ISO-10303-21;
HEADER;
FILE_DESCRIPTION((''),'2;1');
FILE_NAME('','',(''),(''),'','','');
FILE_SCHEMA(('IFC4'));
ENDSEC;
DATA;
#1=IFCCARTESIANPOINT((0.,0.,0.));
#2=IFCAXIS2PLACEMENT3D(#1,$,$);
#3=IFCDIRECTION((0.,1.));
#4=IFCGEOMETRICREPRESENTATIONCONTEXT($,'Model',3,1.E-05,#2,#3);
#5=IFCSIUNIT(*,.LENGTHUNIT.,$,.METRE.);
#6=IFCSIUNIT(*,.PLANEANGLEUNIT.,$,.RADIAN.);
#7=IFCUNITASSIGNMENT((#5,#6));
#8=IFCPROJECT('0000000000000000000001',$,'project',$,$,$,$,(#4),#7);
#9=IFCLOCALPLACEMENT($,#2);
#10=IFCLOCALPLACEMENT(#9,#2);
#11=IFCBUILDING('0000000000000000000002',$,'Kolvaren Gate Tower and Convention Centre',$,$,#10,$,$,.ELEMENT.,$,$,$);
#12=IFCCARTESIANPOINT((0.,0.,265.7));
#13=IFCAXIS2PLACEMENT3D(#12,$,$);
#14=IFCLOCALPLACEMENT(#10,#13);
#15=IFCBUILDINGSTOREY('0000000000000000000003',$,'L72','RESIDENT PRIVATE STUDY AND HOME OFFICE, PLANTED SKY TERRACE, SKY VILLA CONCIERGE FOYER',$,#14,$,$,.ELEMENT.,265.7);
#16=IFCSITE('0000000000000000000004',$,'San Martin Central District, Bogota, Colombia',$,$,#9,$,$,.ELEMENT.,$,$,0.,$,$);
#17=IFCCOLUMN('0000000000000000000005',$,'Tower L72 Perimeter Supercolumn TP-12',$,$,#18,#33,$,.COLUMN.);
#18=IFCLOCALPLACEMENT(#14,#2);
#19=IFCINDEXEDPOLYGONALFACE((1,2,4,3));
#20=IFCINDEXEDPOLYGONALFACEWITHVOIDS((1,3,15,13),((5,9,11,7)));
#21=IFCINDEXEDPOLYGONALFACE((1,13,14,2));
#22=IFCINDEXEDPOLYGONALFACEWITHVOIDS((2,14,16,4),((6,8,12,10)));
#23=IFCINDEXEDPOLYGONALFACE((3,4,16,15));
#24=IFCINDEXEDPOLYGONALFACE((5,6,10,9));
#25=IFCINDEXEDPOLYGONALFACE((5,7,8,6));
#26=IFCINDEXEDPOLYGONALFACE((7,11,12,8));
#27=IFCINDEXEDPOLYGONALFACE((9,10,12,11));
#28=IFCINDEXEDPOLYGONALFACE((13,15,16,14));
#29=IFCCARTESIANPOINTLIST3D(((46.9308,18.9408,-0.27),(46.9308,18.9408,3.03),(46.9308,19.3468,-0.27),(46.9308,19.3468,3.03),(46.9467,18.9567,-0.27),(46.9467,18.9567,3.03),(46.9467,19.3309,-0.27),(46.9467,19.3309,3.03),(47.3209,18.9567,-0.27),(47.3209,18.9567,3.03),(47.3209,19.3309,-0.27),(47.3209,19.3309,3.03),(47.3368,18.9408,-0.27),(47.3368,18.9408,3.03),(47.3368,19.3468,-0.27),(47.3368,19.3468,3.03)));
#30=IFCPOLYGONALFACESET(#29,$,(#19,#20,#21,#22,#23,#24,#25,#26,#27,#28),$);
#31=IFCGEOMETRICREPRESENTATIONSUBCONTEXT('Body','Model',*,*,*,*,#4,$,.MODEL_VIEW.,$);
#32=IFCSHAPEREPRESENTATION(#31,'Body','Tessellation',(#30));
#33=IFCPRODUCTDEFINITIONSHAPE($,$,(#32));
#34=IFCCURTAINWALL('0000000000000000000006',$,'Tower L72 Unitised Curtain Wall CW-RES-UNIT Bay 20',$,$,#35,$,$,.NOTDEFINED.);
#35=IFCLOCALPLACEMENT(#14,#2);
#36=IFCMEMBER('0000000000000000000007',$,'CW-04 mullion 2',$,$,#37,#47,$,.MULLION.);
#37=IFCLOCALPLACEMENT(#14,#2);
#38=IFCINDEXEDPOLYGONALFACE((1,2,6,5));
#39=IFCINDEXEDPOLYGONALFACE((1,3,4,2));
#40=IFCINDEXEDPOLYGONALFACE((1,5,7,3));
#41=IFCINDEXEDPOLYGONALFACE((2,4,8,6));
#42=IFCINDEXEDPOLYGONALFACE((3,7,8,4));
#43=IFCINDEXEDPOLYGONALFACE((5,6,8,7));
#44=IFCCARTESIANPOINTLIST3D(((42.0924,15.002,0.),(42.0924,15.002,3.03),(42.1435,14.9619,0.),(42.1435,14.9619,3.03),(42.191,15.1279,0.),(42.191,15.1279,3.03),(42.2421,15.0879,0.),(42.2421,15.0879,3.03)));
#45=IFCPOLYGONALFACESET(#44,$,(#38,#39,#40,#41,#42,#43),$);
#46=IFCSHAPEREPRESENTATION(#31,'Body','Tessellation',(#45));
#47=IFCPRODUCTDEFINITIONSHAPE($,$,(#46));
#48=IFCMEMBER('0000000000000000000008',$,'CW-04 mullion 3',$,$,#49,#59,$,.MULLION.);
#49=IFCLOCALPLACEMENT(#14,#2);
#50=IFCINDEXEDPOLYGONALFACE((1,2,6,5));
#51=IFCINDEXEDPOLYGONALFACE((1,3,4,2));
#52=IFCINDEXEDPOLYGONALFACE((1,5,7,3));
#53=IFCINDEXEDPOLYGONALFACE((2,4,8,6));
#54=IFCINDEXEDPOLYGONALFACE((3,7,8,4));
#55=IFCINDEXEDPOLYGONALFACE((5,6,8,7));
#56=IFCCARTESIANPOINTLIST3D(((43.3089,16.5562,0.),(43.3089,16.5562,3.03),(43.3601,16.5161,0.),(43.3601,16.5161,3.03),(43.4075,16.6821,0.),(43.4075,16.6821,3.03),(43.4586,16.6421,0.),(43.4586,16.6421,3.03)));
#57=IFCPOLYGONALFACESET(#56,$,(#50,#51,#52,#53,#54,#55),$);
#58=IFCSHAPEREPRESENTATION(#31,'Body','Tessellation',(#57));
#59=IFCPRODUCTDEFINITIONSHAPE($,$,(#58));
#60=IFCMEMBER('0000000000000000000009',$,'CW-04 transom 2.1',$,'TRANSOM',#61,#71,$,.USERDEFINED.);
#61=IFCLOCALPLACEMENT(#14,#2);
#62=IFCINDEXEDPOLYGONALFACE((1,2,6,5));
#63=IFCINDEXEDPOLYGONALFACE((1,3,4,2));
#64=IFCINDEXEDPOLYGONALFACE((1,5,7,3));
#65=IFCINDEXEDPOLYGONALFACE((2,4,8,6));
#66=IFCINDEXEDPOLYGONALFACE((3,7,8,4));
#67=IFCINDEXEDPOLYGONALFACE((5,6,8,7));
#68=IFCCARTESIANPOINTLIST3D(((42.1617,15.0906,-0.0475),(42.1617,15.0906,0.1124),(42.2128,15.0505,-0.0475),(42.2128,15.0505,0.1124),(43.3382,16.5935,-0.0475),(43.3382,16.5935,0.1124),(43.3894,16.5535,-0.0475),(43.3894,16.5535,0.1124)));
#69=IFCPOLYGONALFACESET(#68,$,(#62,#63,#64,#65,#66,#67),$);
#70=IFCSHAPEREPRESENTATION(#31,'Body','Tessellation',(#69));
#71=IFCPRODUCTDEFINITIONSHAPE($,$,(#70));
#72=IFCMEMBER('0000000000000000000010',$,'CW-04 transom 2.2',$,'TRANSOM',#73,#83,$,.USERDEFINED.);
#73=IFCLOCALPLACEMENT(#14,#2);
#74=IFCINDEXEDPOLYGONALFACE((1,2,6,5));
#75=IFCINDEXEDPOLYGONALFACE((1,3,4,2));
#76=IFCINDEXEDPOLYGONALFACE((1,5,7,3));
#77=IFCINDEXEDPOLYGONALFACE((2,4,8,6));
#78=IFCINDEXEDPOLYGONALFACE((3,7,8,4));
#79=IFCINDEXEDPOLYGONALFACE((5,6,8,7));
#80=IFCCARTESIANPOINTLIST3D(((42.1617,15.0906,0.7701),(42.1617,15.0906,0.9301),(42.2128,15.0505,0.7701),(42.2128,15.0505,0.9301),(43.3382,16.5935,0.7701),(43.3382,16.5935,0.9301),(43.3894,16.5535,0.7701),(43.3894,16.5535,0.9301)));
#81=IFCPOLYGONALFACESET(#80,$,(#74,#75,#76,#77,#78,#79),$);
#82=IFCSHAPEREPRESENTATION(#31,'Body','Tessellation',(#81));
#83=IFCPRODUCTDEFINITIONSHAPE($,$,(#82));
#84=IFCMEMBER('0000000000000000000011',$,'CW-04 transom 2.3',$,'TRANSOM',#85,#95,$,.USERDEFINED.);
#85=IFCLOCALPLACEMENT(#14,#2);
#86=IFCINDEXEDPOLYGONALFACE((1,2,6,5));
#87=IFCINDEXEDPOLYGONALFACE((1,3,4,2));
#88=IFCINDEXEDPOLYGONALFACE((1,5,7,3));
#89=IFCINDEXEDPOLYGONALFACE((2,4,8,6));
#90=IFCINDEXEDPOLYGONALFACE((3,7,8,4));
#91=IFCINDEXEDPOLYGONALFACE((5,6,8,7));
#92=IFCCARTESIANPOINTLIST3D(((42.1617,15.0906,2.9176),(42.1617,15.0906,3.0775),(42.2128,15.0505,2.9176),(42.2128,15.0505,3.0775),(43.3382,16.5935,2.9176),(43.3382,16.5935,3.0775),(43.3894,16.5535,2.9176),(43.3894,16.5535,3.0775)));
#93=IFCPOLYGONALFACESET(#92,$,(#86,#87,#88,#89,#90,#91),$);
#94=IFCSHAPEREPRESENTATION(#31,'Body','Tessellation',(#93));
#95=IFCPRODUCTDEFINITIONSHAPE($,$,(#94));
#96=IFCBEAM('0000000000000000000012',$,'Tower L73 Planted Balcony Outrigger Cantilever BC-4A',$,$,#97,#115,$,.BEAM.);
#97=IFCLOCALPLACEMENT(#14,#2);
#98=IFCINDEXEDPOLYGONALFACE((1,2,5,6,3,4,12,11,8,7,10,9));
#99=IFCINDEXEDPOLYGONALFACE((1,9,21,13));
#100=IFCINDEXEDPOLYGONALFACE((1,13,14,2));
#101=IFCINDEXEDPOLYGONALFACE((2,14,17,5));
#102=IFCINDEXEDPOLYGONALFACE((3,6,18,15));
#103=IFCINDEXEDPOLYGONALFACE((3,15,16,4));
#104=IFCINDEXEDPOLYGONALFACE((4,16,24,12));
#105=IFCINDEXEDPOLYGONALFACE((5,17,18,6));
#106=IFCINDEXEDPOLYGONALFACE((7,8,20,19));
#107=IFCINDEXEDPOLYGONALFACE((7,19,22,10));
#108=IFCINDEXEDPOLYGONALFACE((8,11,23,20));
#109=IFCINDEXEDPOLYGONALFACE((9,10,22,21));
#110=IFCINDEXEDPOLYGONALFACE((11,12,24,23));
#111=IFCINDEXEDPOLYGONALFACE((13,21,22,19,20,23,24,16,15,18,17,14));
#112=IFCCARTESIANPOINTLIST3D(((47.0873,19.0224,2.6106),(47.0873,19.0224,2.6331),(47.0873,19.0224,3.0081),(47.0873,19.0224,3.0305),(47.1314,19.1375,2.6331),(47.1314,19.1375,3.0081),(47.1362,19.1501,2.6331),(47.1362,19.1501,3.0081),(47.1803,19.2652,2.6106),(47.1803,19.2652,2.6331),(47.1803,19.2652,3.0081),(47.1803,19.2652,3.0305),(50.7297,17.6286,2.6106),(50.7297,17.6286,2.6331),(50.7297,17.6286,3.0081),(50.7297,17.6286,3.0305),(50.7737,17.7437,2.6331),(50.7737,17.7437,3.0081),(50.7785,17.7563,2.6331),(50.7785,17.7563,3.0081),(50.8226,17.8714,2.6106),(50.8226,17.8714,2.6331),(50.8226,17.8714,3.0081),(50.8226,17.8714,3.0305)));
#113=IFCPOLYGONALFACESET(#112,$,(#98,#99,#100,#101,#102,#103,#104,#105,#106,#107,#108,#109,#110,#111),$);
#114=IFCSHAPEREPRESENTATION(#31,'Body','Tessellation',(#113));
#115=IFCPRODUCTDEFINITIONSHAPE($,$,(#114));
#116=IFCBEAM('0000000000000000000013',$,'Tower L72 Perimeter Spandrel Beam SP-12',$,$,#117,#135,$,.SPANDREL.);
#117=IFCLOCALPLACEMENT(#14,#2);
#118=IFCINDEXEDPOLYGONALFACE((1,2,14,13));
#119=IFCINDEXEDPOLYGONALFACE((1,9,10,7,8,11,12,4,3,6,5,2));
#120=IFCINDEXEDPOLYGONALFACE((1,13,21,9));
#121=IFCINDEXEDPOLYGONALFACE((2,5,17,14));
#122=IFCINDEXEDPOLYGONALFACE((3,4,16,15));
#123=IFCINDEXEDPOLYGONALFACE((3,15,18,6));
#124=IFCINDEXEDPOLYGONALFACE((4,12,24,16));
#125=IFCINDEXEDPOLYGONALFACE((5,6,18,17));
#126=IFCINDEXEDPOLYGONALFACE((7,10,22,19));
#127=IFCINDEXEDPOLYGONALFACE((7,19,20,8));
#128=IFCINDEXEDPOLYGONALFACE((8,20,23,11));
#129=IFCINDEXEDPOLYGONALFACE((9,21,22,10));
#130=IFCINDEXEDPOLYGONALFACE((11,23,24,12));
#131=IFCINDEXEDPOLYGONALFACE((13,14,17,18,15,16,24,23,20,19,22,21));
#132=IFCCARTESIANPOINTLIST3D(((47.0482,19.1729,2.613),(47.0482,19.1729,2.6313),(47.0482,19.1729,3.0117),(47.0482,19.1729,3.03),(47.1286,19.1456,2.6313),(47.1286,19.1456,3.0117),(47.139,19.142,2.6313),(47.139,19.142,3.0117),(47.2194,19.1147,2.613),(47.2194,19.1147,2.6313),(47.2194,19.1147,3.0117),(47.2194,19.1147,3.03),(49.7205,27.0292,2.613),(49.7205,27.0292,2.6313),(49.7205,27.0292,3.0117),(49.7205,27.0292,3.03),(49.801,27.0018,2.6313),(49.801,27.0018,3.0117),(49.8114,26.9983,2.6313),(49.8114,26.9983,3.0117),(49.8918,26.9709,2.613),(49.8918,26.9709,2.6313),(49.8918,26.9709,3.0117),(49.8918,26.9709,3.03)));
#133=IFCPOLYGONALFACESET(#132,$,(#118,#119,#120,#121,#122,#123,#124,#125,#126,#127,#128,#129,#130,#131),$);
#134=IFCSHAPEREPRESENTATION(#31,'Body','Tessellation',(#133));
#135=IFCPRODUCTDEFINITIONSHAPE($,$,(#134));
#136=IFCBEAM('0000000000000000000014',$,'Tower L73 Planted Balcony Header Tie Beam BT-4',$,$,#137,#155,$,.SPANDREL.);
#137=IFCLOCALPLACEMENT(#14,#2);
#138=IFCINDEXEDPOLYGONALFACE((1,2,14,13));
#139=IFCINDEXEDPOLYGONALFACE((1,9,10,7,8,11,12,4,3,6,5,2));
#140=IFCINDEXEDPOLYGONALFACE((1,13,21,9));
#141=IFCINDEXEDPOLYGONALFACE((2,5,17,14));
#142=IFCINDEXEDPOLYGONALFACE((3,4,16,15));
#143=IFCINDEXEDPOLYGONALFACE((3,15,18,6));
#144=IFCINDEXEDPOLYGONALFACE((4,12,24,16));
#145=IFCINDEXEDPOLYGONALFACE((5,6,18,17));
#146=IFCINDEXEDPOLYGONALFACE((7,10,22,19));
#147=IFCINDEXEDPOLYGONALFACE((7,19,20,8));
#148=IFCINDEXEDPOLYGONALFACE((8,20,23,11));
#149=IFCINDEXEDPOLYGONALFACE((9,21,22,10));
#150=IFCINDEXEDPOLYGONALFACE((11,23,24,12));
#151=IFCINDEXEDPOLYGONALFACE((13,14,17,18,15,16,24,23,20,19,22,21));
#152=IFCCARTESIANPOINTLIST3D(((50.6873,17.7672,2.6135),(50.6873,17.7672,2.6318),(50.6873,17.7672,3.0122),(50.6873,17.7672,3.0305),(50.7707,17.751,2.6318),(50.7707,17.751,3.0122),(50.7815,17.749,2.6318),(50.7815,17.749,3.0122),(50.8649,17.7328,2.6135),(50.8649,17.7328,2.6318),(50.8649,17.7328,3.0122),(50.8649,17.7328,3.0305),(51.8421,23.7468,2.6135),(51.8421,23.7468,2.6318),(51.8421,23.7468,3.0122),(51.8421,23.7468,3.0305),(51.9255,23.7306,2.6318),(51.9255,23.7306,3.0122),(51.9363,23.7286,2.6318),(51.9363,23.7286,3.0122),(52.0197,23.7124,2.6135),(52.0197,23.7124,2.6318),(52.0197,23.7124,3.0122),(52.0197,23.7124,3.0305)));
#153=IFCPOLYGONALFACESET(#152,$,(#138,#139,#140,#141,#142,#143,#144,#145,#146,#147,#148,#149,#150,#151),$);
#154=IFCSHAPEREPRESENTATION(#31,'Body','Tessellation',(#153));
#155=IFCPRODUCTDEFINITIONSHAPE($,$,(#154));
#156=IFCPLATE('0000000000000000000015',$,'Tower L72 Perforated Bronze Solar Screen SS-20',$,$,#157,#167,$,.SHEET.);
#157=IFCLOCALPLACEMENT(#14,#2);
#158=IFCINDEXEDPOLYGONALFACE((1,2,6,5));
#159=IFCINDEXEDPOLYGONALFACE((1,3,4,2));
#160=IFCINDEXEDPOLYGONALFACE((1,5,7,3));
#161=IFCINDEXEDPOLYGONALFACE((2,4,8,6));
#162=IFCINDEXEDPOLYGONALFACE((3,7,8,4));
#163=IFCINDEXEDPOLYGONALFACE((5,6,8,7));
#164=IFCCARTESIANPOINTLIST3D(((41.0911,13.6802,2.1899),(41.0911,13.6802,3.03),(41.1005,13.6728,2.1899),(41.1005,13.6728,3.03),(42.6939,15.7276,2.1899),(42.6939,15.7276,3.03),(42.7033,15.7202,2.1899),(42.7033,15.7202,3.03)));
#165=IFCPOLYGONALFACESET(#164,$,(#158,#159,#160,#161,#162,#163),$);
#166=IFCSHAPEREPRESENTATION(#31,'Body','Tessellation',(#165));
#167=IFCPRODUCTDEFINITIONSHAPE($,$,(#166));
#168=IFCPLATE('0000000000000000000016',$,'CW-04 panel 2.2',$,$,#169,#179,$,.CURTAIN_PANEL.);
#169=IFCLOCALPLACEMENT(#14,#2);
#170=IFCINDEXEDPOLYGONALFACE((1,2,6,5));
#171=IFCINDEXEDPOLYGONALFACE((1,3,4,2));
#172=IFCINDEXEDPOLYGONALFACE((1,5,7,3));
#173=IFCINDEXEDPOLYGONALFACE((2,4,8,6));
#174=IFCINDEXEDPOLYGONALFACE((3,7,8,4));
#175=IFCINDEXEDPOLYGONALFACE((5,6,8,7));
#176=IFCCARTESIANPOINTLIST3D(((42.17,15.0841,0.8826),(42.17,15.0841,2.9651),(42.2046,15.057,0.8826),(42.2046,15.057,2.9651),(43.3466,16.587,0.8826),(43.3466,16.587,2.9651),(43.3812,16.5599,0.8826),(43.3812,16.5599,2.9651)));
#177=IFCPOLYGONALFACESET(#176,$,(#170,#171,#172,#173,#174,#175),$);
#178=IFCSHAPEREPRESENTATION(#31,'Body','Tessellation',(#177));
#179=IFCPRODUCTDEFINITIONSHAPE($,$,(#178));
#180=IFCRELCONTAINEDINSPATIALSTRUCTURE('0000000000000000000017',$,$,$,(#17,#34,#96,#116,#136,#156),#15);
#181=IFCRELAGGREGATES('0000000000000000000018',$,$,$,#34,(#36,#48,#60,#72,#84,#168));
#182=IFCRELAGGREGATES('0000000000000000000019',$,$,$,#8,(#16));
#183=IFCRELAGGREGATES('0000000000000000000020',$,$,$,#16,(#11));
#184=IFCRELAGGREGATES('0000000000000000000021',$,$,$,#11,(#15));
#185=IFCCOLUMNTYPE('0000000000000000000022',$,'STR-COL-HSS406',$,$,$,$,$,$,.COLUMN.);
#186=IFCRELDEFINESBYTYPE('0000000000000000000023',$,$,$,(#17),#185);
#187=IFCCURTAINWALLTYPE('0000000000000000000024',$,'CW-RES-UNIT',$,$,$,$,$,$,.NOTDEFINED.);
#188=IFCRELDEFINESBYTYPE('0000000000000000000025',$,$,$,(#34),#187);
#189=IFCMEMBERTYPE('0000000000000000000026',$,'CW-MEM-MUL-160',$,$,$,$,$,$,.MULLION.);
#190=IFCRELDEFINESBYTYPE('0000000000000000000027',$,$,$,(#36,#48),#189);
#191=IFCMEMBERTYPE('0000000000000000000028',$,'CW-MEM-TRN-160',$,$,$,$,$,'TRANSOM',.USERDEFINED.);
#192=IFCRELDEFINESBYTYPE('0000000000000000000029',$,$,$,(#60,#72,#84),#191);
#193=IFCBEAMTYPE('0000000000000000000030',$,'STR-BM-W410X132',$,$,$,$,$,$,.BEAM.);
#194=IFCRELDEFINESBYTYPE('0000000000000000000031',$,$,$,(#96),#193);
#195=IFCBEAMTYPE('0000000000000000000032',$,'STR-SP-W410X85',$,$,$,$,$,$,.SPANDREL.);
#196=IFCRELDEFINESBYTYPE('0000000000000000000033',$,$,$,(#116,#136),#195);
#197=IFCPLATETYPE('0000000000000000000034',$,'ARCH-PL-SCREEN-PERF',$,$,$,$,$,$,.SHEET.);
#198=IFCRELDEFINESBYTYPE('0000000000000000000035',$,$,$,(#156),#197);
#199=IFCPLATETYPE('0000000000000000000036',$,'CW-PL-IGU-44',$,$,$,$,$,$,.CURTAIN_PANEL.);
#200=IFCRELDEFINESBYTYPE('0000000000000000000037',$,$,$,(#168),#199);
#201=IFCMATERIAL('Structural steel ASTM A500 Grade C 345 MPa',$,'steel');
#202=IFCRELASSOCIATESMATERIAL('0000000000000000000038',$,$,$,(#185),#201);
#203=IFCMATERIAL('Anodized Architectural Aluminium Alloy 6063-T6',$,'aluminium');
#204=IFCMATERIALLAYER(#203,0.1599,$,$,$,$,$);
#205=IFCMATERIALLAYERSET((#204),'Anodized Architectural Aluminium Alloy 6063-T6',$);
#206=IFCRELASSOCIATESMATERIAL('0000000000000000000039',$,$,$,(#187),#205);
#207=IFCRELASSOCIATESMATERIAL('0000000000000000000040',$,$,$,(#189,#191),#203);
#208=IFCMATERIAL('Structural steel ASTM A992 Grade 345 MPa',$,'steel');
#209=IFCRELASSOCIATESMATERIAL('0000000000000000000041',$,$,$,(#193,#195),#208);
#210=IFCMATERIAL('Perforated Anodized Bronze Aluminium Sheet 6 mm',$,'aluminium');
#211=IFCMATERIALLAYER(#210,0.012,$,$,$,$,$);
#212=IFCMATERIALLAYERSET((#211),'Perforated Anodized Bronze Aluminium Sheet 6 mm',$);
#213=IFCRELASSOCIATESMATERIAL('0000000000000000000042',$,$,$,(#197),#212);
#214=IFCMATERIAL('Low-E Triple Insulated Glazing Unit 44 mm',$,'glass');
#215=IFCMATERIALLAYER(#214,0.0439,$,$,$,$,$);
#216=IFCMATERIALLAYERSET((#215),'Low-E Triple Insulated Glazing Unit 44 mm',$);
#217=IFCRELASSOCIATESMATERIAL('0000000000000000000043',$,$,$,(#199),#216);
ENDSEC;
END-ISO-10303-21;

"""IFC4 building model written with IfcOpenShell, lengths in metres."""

from ifc_helpers import new_model, si_unit, direction, frame, origin, origin_2d, place, context, subcontext, project, spatial, rectangle, hollow_rectangle, i_section, extrude, material, layer, layer_set, material_profile, profile_set, type_object, element, aggregate, save


model = new_model("IFC4")

# Units and contexts
model_context = context("Model", 3, precision=1e-05, world=origin(), true_north=direction((0.0, 1.0)))
body_context = subcontext(model_context, "Body", "Model", "MODEL_VIEW")
ifc_project = project(units=[si_unit("LENGTHUNIT", "METRE"), si_unit("PLANEANGLEUNIT", "RADIAN")], contexts=[model_context])

# Site, building, storey
site_placement = place(None, origin())
site = spatial("IfcSite", under=ifc_project, at=site_placement, Name="San Martin Central District, Bogota, Colombia", CompositionType="ELEMENT", RefElevation=0.0)
building_placement = place(site_placement, origin())
building = spatial("IfcBuilding", under=site, at=building_placement, Name="Kolvaren Gate Tower and Convention Centre", CompositionType="ELEMENT")
storey_placement = place(building_placement, frame((0.0, 0.0, 265.7)))
storey = spatial("IfcBuildingStorey", under=building, at=storey_placement, Name="L72", Description="RESIDENT PRIVATE STUDY AND HOME OFFICE, PLANTED SKY TERRACE, SKY VILLA CONCIERGE FOYER", CompositionType="ELEMENT", Elevation=265.7)

# Column
ifc_material_1 = material(Name="Structural steel ASTM A500 Grade C 345 MPa", Category="steel")
ifc_material_profile_1 = material_profile(ifc_material_1, hollow_rectangle(XDim=0.406, YDim=0.406, WallThickness=0.0159, at=origin_2d()), Name="HSS406X406X15.9")
ifc_profile_set_1 = profile_set([ifc_material_profile_1], Name="Structural steel ASTM A500 Grade C 345 MPa")
column_type = type_object("IfcColumnType", Name="STR-COL-HSS406", PredefinedType="COLUMN", material=ifc_profile_set_1)
column_placement = place(storey_placement, frame((47.1338, 19.1438, -0.27), z_axis=(0.0, 0.0, 1.0), x_axis=(1.0, 0.0, 0.0)))
element("IfcColumn", 1, at=column_placement, inside=storey, type_object=column_type, Name="Tower L72 Perimeter Supercolumn TP-12", PredefinedType="COLUMN", context=body_context, shape_type="SweptSolid", body=[
    extrude(hollow_rectangle(XDim=0.406, YDim=0.406, WallThickness=0.0159, at=origin_2d()), origin(), (0.0, 0.0, 1.0), 3.3),
])

# Curtain wall, members
ifc_material_2 = material(Name="Anodized Architectural Aluminium Alloy 6063-T6", Category="aluminium")
ifc_layer_1 = layer(ifc_material_2, 0.1599)
ifc_layer_set_1 = layer_set([ifc_layer_1], Name="Anodized Architectural Aluminium Alloy 6063-T6")
curtain_wall_type = type_object("IfcCurtainWallType", Name="CW-RES-UNIT", PredefinedType="NOTDEFINED", material=ifc_layer_set_1)
curtain_wall_placement = place(storey_placement, origin())
curtain_wall = element("IfcCurtainWall", 2, at=curtain_wall_placement, inside=storey, type_object=curtain_wall_type, Name="Tower L72 Unitised Curtain Wall CW-RES-UNIT Bay 20", PredefinedType="NOTDEFINED")
ifc_material_profile_2 = material_profile(ifc_material_2, rectangle(XDim=0.0649, YDim=0.1599, at=origin_2d()), Name="CW-MEM-MUL-160")
ifc_profile_set_2 = profile_set([ifc_material_profile_2], Name="Anodized Architectural Aluminium Alloy 6063-T6")
member_type_1 = type_object("IfcMemberType", Name="CW-MEM-MUL-160", PredefinedType="MULLION", material=ifc_profile_set_2)
member_1_placement = place(storey_placement, frame((42.1672, 15.0449, 0.0), z_axis=(0.0, 0.0, 1.0), x_axis=(-0.787408, 0.616433, 0.0)))
member_1 = element("IfcMember", 3, at=member_1_placement, type_object=member_type_1, Name="CW-04 mullion 2", PredefinedType="MULLION", context=body_context, shape_type="SweptSolid", body=[
    extrude(rectangle(XDim=0.0649, YDim=0.1599, at=origin_2d()), origin(), (0.0, 0.0, 1.0), 3.03),
])
member_2_placement = place(storey_placement, frame((43.3838, 16.5991, 0.0), z_axis=(0.0, 0.0, 1.0), x_axis=(-0.787408, 0.616433, 0.0)))
member_2 = element("IfcMember", 4, at=member_2_placement, type_object=member_type_1, Name="CW-04 mullion 3", PredefinedType="MULLION", context=body_context, shape_type="SweptSolid", body=[
    extrude(rectangle(XDim=0.0649, YDim=0.1599, at=origin_2d()), origin(), (0.0, 0.0, 1.0), 3.03),
])
ifc_material_profile_3 = material_profile(ifc_material_2, rectangle(XDim=0.0649, YDim=0.1599, at=origin_2d()), Name="CW-MEM-TRN-160")
ifc_profile_set_3 = profile_set([ifc_material_profile_3], Name="Anodized Architectural Aluminium Alloy 6063-T6")
member_type_2 = type_object("IfcMemberType", Name="CW-MEM-TRN-160", ElementType="TRANSOM", PredefinedType="USERDEFINED", material=ifc_profile_set_3)
member_3_placement = place(storey_placement, frame((42.1873, 15.0706, 0.0325), z_axis=(0.616408, 0.787427, 0.0), x_axis=(-0.787427, 0.616408, 0.0)))
member_3 = element("IfcMember", 5, at=member_3_placement, type_object=member_type_2, Name="CW-04 transom 2.1", ObjectType="TRANSOM", PredefinedType="USERDEFINED", context=body_context, shape_type="SweptSolid", body=[
    extrude(rectangle(XDim=0.0649, YDim=0.1599, at=origin_2d()), origin(), (0.0, 0.0, 1.0), 1.9087),
])
member_4_placement = place(storey_placement, frame((42.1873, 15.0706, 0.8501), z_axis=(0.616408, 0.787427, 0.0), x_axis=(-0.787427, 0.616408, 0.0)))
member_4 = element("IfcMember", 6, at=member_4_placement, type_object=member_type_2, Name="CW-04 transom 2.2", ObjectType="TRANSOM", PredefinedType="USERDEFINED", context=body_context, shape_type="SweptSolid", body=[
    extrude(rectangle(XDim=0.0649, YDim=0.1599, at=origin_2d()), origin(), (0.0, 0.0, 1.0), 1.9087),
])
member_5_placement = place(storey_placement, frame((42.1873, 15.0706, 2.9976), z_axis=(0.616408, 0.787427, 0.0), x_axis=(-0.787427, 0.616408, 0.0)))
member_5 = element("IfcMember", 7, at=member_5_placement, type_object=member_type_2, Name="CW-04 transom 2.3", ObjectType="TRANSOM", PredefinedType="USERDEFINED", context=body_context, shape_type="SweptSolid", body=[
    extrude(rectangle(XDim=0.0649, YDim=0.1599, at=origin_2d()), origin(), (0.0, 0.0, 1.0), 1.9087),
])

# Beams
ifc_material_3 = material(Name="Structural steel ASTM A992 Grade 345 MPa", Category="steel")
ifc_material_profile_4 = material_profile(ifc_material_3, i_section(OverallWidth=0.26, OverallDepth=0.4199, WebThickness=0.0134, FlangeThickness=0.0225, at=origin_2d()), Name="W410X132")
ifc_profile_set_4 = profile_set([ifc_material_profile_4], Name="Structural steel ASTM A992 Grade 345 MPa")
beam_type_1 = type_object("IfcBeamType", Name="STR-BM-W410X132", PredefinedType="BEAM", material=ifc_profile_set_4)
beam_1_placement = place(storey_placement, frame((47.1338, 19.1438, 2.8206), z_axis=(0.933954, -0.357393, 0.0), x_axis=(0.357393, 0.933954, 0.0)))
element("IfcBeam", 8, at=beam_1_placement, inside=storey, type_object=beam_type_1, Name="Tower L73 Planted Balcony Outrigger Cantilever BC-4A", PredefinedType="BEAM", context=body_context, shape_type="SweptSolid", body=[
    extrude(i_section(OverallWidth=0.26, OverallDepth=0.4199, WebThickness=0.0134, FlangeThickness=0.0225, at=origin_2d()), origin(), (0.0, 0.0, 1.0), 3.8999),
])
ifc_material_profile_5 = material_profile(ifc_material_3, i_section(OverallWidth=0.1809, OverallDepth=0.417, WebThickness=0.011, FlangeThickness=0.0183, at=origin_2d()), Name="W410X85")
ifc_profile_set_5 = profile_set([ifc_material_profile_5], Name="Structural steel ASTM A992 Grade 345 MPa")
beam_type_2 = type_object("IfcBeamType", Name="STR-SP-W410X85", PredefinedType="SPANDREL", material=ifc_profile_set_5)
beam_2_placement = place(storey_placement, frame((47.1338, 19.1438, 2.8215), z_axis=(0.322038, 0.946727, 0.0), x_axis=(-0.946727, 0.322038, 0.0)))
element("IfcBeam", 9, at=beam_2_placement, inside=storey, type_object=beam_type_2, Name="Tower L72 Perimeter Spandrel Beam SP-12", PredefinedType="SPANDREL", context=body_context, shape_type="SweptSolid", body=[
    extrude(i_section(OverallWidth=0.1809, OverallDepth=0.417, WebThickness=0.011, FlangeThickness=0.0183, at=origin_2d()), origin(), (0.0, 0.0, 1.0), 8.2983),
])
beam_3_placement = place(storey_placement, frame((50.7761, 17.75, 2.822), z_axis=(0.189621, 0.981857, 0.0), x_axis=(-0.981857, 0.189621, 0.0)))
element("IfcBeam", 10, at=beam_3_placement, inside=storey, type_object=beam_type_2, Name="Tower L73 Planted Balcony Header Tie Beam BT-4", PredefinedType="SPANDREL", context=body_context, shape_type="SweptSolid", body=[
    extrude(i_section(OverallWidth=0.1809, OverallDepth=0.417, WebThickness=0.011, FlangeThickness=0.0183, at=origin_2d()), origin(), (0.0, 0.0, 1.0), 6.0901),
])

# Plates
ifc_material_4 = material(Name="Perforated Anodized Bronze Aluminium Sheet 6 mm", Category="aluminium")
ifc_layer_2 = layer(ifc_material_4, 0.012)
ifc_layer_set_2 = layer_set([ifc_layer_2], Name="Perforated Anodized Bronze Aluminium Sheet 6 mm")
plate_type_1 = type_object("IfcPlateType", Name="ARCH-PL-SCREEN-PERF", PredefinedType="SHEET", material=ifc_layer_set_2)
plate_1_placement = place(storey_placement, frame((41.8972, 14.7002, 2.1899), z_axis=(0.0, 0.0, 1.0), x_axis=(0.61643, 0.78741, 0.0)))
element("IfcPlate", 11, at=plate_1_placement, inside=storey, type_object=plate_type_1, Name="Tower L72 Perforated Bronze Solar Screen SS-20", PredefinedType="SHEET", context=body_context, shape_type="SweptSolid", body=[
    extrude(rectangle(XDim=2.6001, YDim=0.012, at=origin_2d()), origin(), (0.0, 0.0, 1.0), 0.8401),
])
ifc_material_5 = material(Name="Low-E Triple Insulated Glazing Unit 44 mm", Category="glass")
ifc_layer_3 = layer(ifc_material_5, 0.0439)
ifc_layer_set_3 = layer_set([ifc_layer_3], Name="Low-E Triple Insulated Glazing Unit 44 mm")
plate_type_2 = type_object("IfcPlateType", Name="CW-PL-IGU-44", PredefinedType="CURTAIN_PANEL", material=ifc_layer_set_3)
plate_2_placement = place(storey_placement, frame((42.7756, 15.822, 0.8826), z_axis=(0.0, 0.0, 1.0), x_axis=(0.616433, 0.787408, 0.0)))
plate_2 = element("IfcPlate", 12, at=plate_2_placement, type_object=plate_type_2, Name="CW-04 panel 2.2", PredefinedType="CURTAIN_PANEL", context=body_context, shape_type="SweptSolid", body=[
    extrude(rectangle(XDim=1.9087, YDim=0.0439, at=origin_2d()), origin(), (0.0, 0.0, 1.0), 2.0825),
])
aggregate(curtain_wall, [member_1, member_2, member_3, member_4, member_5, plate_2])

save(model, "model.ifc")
